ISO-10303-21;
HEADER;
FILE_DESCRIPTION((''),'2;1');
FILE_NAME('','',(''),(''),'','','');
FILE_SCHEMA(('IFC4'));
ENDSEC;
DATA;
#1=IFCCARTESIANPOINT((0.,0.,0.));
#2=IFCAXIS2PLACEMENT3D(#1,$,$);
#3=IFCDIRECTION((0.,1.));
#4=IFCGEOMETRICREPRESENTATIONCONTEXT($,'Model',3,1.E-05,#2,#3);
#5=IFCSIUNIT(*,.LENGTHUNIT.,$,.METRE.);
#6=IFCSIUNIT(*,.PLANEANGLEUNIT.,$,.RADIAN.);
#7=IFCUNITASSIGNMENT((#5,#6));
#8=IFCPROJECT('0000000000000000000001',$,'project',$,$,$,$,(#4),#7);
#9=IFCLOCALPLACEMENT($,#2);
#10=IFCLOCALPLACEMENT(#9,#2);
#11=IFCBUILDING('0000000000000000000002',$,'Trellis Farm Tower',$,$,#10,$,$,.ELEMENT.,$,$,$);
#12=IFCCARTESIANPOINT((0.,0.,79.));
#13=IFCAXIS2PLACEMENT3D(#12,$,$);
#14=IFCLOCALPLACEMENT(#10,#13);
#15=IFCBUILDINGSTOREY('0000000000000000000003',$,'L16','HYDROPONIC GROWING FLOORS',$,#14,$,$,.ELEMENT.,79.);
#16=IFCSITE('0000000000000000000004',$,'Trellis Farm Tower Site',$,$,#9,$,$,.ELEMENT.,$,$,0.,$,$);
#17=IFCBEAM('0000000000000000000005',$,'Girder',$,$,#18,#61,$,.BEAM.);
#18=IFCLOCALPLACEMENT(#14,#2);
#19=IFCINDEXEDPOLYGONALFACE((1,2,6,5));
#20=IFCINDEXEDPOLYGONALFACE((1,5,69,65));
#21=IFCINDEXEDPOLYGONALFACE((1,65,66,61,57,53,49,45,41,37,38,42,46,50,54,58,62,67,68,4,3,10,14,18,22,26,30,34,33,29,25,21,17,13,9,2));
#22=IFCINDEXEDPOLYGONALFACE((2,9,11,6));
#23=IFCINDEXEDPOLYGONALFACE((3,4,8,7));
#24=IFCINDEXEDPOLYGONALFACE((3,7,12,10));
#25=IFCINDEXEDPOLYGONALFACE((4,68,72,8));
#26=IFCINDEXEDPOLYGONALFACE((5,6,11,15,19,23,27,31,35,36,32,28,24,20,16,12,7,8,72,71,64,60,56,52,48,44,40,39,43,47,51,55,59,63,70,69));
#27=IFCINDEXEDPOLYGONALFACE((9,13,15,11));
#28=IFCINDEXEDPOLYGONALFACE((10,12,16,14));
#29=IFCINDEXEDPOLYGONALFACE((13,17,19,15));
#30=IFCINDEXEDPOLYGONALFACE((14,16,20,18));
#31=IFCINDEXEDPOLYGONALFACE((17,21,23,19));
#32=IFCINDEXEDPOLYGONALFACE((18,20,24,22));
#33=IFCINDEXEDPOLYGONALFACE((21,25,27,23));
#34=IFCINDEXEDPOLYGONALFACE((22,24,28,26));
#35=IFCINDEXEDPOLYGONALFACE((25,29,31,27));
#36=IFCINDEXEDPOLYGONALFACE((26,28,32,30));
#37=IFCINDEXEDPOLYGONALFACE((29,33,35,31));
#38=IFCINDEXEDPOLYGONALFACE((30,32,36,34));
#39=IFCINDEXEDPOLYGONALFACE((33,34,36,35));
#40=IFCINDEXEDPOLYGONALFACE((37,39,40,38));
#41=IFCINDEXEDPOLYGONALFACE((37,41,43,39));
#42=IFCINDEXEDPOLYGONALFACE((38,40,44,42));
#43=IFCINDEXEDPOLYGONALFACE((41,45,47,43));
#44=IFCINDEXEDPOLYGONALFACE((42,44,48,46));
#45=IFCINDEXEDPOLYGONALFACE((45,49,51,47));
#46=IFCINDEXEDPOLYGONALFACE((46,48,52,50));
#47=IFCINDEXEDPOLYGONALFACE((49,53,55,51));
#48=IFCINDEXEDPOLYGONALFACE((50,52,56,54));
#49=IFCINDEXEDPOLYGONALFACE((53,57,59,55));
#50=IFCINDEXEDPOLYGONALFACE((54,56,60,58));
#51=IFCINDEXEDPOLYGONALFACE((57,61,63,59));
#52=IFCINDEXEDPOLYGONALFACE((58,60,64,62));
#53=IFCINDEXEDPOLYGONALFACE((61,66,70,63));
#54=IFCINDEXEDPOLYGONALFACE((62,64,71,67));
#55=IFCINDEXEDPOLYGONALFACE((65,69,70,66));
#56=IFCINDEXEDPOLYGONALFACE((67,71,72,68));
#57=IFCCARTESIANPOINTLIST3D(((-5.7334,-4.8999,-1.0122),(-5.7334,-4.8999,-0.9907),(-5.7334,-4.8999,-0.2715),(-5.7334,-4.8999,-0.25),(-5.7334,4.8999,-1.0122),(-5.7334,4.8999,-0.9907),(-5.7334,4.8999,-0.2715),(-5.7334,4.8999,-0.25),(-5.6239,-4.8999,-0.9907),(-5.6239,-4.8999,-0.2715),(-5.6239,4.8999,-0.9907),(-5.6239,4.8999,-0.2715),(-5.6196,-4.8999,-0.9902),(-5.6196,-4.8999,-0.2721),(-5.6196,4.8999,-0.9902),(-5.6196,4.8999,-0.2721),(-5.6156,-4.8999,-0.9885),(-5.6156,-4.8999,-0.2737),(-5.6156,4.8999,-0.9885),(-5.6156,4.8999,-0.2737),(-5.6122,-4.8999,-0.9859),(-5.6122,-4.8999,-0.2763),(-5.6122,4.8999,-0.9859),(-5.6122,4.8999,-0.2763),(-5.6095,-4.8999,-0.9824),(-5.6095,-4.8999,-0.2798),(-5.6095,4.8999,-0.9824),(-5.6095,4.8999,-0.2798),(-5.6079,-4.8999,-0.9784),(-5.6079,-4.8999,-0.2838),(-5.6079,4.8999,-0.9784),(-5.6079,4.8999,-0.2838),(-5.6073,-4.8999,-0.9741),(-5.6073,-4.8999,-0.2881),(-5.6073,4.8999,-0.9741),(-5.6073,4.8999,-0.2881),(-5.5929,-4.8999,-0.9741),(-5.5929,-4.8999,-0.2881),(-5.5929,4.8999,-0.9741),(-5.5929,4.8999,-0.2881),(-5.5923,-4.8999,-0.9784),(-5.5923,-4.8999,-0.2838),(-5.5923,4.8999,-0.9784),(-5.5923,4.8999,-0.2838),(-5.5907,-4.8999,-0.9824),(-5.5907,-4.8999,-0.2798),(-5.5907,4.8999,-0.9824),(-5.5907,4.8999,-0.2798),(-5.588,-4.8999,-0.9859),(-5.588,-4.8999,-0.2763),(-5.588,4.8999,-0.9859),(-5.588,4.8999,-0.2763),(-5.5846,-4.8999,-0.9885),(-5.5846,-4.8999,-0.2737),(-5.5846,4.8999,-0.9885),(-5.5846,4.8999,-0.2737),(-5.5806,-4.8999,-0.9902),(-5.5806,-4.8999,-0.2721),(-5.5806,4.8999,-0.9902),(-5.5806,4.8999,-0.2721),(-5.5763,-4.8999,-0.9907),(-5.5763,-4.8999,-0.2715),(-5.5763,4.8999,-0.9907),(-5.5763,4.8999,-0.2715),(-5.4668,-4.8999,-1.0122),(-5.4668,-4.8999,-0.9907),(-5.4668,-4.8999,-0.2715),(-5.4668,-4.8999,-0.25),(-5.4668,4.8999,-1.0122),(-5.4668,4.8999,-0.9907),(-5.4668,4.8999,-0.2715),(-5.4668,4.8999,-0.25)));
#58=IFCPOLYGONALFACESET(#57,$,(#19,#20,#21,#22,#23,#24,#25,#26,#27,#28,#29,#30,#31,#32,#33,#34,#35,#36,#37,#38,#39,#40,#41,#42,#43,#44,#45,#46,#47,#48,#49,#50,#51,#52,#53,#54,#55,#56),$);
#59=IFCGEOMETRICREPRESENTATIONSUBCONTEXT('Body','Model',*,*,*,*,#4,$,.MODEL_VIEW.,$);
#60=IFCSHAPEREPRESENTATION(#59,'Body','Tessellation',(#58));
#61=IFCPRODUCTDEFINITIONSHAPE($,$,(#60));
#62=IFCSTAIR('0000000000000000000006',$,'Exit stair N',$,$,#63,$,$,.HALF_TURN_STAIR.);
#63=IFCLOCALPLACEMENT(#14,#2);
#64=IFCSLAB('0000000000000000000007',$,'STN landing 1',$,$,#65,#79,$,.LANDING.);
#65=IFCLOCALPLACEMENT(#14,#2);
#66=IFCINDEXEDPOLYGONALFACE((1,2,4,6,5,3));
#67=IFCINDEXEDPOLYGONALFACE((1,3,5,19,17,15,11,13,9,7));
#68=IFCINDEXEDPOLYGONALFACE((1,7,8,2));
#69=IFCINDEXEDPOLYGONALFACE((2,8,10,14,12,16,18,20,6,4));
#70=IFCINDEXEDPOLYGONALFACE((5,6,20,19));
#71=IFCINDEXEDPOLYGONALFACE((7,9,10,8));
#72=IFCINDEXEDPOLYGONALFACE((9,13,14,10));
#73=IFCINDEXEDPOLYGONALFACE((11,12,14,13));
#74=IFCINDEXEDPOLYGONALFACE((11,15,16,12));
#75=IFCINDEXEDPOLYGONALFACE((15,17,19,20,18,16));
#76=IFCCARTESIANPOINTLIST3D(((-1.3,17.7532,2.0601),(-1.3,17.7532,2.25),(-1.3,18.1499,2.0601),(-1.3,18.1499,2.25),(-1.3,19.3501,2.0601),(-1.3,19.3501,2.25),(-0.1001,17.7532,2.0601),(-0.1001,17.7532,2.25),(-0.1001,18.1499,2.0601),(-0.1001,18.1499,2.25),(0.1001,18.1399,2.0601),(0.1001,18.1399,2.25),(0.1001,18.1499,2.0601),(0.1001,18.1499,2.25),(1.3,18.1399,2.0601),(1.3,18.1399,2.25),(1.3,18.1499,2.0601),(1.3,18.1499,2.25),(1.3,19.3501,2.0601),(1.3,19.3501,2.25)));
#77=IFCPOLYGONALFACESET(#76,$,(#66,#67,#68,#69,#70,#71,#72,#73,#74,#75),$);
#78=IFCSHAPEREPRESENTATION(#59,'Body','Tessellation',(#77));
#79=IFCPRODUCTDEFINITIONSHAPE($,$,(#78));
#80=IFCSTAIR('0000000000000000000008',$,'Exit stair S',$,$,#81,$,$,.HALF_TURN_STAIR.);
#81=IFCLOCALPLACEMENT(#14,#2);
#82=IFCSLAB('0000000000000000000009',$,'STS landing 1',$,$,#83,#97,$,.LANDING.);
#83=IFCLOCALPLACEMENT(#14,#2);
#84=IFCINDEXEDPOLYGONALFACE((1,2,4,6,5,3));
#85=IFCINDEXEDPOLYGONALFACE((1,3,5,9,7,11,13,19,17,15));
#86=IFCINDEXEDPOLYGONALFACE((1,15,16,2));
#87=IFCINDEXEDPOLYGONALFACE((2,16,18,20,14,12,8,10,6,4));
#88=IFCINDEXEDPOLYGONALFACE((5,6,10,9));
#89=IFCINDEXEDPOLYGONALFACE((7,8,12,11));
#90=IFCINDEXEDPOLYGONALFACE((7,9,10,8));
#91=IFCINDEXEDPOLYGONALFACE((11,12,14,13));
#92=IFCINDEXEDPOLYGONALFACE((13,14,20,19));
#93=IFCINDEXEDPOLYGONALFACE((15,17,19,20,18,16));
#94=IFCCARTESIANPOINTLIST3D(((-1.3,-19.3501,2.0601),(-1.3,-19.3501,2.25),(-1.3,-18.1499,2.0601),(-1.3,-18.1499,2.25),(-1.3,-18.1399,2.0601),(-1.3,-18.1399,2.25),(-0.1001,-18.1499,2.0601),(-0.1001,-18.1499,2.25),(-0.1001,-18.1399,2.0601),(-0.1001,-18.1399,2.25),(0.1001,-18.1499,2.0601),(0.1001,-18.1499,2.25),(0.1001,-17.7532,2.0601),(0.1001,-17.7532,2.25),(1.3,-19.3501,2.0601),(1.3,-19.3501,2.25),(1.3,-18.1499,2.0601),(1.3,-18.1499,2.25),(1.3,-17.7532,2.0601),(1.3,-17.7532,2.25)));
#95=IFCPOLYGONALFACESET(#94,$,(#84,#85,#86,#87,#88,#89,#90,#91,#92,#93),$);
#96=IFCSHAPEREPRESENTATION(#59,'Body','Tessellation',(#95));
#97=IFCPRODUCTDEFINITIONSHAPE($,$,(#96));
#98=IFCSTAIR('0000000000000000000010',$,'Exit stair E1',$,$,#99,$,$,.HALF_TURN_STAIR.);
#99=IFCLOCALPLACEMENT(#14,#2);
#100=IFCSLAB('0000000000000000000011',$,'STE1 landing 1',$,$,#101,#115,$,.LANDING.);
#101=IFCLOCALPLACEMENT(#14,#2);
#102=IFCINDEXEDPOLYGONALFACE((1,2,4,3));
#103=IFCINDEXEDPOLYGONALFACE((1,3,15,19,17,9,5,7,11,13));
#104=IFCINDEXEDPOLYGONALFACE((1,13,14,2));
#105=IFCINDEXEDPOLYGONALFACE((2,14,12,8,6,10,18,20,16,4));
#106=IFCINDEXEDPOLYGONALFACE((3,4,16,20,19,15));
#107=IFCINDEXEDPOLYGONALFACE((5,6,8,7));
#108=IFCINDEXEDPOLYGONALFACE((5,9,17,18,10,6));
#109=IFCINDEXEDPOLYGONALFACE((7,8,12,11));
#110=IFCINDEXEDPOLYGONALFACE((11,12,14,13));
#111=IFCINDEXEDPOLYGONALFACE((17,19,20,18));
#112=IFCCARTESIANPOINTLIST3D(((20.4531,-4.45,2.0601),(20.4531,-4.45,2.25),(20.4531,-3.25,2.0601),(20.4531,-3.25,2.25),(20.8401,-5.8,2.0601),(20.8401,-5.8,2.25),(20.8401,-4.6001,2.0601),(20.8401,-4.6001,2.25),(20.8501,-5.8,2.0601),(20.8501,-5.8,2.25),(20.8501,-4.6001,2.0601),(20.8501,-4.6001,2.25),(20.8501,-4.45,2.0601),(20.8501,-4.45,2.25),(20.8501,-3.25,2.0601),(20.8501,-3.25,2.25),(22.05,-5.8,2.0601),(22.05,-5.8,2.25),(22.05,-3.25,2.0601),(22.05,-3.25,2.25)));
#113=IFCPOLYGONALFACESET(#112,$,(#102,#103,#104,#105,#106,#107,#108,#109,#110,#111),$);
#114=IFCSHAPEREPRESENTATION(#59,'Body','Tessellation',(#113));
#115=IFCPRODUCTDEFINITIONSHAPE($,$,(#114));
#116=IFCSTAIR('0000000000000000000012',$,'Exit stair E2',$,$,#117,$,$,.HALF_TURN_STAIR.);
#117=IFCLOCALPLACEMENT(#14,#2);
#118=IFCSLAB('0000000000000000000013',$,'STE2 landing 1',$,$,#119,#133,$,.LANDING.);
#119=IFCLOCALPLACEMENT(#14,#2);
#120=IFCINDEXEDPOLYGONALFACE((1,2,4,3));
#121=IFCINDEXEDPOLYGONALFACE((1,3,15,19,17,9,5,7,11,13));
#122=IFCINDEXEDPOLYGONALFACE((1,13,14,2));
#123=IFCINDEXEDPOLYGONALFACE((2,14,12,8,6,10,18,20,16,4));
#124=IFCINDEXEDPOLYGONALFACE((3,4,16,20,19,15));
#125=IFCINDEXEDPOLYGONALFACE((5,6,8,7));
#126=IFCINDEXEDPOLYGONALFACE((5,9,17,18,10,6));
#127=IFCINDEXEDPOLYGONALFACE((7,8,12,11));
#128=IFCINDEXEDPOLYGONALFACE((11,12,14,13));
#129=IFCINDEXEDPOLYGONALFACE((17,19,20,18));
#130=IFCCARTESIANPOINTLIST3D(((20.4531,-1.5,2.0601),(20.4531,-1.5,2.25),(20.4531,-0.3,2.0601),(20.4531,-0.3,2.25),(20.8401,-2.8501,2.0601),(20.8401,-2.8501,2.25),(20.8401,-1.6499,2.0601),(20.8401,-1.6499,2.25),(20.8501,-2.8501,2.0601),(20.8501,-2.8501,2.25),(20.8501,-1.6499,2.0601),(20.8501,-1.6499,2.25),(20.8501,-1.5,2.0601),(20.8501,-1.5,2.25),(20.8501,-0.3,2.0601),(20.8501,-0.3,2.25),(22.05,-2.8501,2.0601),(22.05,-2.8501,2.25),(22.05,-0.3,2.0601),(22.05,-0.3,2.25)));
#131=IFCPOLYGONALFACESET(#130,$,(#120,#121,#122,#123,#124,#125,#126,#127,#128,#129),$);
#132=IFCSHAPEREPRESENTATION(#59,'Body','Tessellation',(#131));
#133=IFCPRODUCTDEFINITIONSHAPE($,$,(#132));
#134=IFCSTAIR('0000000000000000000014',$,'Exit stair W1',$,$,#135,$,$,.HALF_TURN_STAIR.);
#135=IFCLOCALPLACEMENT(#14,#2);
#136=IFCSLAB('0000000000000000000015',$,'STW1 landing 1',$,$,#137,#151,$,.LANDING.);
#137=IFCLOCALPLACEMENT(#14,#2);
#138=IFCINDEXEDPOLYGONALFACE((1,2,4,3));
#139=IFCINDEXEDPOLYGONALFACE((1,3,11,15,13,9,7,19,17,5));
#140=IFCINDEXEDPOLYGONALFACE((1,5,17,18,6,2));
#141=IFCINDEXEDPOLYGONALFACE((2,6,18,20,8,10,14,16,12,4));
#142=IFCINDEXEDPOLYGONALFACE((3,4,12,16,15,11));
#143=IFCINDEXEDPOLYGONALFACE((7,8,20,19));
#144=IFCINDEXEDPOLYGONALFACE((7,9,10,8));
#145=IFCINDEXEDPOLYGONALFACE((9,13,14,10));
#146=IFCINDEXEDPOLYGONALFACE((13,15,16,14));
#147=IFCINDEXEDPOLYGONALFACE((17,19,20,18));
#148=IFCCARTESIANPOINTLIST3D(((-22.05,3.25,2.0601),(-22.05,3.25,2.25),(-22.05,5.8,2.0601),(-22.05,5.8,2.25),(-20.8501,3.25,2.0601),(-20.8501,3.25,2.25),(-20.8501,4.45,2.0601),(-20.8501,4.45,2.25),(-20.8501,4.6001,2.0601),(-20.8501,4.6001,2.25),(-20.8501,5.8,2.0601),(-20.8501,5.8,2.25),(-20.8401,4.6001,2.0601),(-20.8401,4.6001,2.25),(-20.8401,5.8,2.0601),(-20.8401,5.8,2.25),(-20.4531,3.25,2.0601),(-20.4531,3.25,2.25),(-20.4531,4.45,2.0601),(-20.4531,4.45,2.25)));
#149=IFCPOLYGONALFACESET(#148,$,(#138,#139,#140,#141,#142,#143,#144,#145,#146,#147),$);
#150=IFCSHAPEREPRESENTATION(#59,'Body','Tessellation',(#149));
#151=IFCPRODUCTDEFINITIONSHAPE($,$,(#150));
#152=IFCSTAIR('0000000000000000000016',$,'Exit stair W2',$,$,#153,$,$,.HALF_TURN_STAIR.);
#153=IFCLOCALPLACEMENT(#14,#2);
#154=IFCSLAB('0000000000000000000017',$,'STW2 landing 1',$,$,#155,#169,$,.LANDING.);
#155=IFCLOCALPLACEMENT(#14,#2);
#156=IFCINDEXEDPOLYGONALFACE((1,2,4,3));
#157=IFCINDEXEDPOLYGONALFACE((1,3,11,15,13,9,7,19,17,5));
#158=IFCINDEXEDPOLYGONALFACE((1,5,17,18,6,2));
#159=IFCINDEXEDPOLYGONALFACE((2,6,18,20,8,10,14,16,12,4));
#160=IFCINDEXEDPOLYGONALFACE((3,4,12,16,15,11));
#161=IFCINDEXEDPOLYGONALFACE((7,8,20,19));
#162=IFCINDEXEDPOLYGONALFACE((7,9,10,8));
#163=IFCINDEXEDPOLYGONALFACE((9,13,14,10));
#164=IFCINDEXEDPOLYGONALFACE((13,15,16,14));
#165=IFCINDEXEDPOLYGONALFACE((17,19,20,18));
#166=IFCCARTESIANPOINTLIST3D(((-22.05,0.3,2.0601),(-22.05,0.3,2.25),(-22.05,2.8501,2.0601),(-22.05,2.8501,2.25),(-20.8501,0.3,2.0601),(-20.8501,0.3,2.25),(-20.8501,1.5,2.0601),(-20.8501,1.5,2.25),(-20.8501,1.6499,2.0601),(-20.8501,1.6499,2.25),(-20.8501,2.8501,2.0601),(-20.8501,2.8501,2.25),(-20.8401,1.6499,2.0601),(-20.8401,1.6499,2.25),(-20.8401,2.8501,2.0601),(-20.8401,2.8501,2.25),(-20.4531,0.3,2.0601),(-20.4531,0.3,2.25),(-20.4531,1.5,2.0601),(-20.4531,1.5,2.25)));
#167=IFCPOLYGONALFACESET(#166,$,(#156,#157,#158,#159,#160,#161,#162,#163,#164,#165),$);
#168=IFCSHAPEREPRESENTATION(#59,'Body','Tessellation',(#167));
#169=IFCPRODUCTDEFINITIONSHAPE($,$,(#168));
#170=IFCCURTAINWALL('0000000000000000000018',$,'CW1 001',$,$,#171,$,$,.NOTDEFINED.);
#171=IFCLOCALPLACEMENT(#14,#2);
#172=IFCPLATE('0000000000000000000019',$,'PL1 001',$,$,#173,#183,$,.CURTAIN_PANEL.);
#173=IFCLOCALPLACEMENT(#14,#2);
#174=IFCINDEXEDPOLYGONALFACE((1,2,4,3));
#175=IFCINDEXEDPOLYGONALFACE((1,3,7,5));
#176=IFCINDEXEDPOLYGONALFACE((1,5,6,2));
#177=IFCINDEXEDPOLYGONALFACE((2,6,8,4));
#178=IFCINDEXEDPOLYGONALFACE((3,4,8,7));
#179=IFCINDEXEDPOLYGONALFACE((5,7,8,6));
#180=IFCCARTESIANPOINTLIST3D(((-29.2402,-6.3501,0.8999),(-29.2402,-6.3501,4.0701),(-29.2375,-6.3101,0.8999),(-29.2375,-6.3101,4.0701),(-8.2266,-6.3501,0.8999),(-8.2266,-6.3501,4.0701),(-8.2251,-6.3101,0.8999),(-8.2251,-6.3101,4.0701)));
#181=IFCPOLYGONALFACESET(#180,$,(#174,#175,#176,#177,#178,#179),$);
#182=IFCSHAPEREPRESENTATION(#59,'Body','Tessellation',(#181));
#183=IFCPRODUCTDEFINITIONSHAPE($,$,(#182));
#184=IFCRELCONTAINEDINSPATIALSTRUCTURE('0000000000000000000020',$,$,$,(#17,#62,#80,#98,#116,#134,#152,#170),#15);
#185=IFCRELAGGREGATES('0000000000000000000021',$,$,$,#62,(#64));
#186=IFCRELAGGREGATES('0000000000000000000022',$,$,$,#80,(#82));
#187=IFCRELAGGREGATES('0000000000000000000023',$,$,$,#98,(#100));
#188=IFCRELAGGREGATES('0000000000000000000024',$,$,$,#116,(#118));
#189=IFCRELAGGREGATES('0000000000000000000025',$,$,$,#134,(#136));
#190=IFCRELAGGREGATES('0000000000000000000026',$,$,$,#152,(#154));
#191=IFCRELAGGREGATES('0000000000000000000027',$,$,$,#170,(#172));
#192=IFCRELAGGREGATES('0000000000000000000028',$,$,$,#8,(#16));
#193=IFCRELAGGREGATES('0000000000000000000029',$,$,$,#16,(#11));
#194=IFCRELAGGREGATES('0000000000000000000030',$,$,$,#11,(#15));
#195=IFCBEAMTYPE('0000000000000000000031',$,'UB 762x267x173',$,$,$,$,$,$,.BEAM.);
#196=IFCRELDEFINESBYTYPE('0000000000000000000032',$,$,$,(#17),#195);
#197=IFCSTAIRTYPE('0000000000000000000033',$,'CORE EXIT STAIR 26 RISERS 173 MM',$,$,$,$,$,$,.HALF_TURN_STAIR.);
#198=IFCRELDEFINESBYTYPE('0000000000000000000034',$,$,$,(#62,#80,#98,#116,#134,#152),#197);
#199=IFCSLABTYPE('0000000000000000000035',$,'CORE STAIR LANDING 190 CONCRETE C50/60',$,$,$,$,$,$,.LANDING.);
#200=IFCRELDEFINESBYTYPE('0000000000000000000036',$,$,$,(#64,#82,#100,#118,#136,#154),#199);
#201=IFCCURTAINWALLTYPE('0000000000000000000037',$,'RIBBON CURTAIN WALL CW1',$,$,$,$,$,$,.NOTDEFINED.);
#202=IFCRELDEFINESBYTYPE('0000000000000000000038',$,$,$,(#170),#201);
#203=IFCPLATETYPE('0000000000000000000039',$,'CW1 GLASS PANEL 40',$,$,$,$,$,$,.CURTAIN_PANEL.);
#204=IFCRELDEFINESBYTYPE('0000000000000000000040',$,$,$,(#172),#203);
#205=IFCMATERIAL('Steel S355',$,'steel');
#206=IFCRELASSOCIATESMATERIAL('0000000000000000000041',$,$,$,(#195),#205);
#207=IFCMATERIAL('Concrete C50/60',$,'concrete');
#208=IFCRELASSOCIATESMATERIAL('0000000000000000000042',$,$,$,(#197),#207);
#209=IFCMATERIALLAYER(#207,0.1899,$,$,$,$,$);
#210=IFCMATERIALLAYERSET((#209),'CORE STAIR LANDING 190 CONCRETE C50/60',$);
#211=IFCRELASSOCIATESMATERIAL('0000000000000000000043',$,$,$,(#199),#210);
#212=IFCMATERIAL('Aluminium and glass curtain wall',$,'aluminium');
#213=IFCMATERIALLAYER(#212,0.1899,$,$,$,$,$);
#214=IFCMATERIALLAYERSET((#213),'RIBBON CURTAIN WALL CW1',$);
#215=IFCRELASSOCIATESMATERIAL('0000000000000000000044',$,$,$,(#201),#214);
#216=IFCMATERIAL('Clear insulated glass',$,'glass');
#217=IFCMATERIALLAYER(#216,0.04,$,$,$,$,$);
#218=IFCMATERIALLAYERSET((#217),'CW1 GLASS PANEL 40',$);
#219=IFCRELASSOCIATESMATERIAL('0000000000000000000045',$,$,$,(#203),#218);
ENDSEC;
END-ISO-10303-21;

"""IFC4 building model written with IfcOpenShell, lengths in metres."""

from ifc_helpers import new_model, si_unit, direction, frame, origin, origin_2d, place, context, subcontext, project, spatial, polyline, i_section, outline, extrude, source, transform, mapped, material, layer, layer_set, material_profile, profile_set, type_object, element, aggregate, save


model = new_model("IFC4")

# Units and contexts
model_context = context("Model", 3, precision=1e-05, world=origin(), true_north=direction((0.0, 1.0)))
body_context = subcontext(model_context, "Body", "Model", "MODEL_VIEW")
ifc_project = project(units=[si_unit("LENGTHUNIT", "METRE"), si_unit("PLANEANGLEUNIT", "RADIAN")], contexts=[model_context])

# Site, building, storey
site_placement = place(None, origin())
site = spatial("IfcSite", under=ifc_project, at=site_placement, Name="Trellis Farm Tower Site", CompositionType="ELEMENT", RefElevation=0.0)
building_placement = place(site_placement, origin())
building = spatial("IfcBuilding", under=site, at=building_placement, Name="Trellis Farm Tower", CompositionType="ELEMENT")
storey_placement = place(building_placement, frame((0.0, 0.0, 79.0)))
storey = spatial("IfcBuildingStorey", under=building, at=storey_placement, Name="L16", Description="HYDROPONIC GROWING FLOORS", CompositionType="ELEMENT", Elevation=79.0)

# Beam
ifc_material_1 = material(Name="Steel S355", Category="steel")
ifc_material_profile_1 = material_profile(ifc_material_1, i_section(OverallWidth=0.2666, OverallDepth=0.7622, WebThickness=0.0144, FlangeThickness=0.0215, FilletRadius=0.0166, at=origin_2d()), Name="UB 762x267x173")
ifc_profile_set_1 = profile_set([ifc_material_profile_1], Name="Steel S355")
beam_type_1 = type_object("IfcBeamType", Name="UB 762x267x173", PredefinedType="BEAM", material=ifc_profile_set_1)
shared_shape_1 = source(origin(), body_context, "Body", "SweptSolid", [
    extrude(i_section(OverallWidth=0.2666, OverallDepth=0.7622, WebThickness=0.0144, FlangeThickness=0.0215, FilletRadius=0.0166, at=origin_2d()), origin(), (0.0, 0.0, 1.0), 9.7998),
])
for number, where, z_axis, x_axis, name in (
    (1, (-5.6001, -4.8999, -0.6311), (0.0, 1.0, 0.0), (-1.0, 0.0, 0.0), "Girder"),
):
    element("IfcBeam", number, at=place(storey_placement, frame(where, z_axis=z_axis, x_axis=x_axis)), inside=storey, type_object=beam_type_1, Name=name, PredefinedType="BEAM", context=body_context, shape_type="MappedRepresentation", body=[
        mapped(shared_shape_1, transform((0.0, 0.0, 0.0))),
    ])

# Stairs, slabs
ifc_material_2 = material(Name="Concrete C50/60", Category="concrete")
stair_type = type_object("IfcStairType", Name="CORE EXIT STAIR 26 RISERS 173 MM", PredefinedType="HALF_TURN_STAIR", material=ifc_material_2)
placement_1 = place(storey_placement, origin())
stair_1 = element("IfcStair", 2, at=placement_1, inside=storey, type_object=stair_type, Name="Exit stair N", PredefinedType="HALF_TURN_STAIR")
ifc_layer_1 = layer(ifc_material_2, 0.1899)
ifc_layer_set_1 = layer_set([ifc_layer_1], Name="CORE STAIR LANDING 190 CONCRETE C50/60")
slab_type_1 = type_object("IfcSlabType", Name="CORE STAIR LANDING 190 CONCRETE C50/60", PredefinedType="LANDING", material=ifc_layer_set_1)
shared_shape_2 = source(origin(), body_context, "Body", "SweptSolid", [
    extrude(outline(polyline([(-0.1001, 17.7532), (-1.3, 17.7532), (-1.3, 18.1499), (-1.3, 19.3501), (1.3, 19.3501), (1.3, 18.1499), (1.3, 18.1399), (0.1001, 18.1399), (0.1001, 18.1499), (-0.1001, 18.1499), (-0.1001, 17.7532)])), origin(), (0.0, 0.0, 1.0), 0.1899),
])
placement_2 = place(storey_placement, frame((0.0, 0.0, 2.0601)))
slab_1 = element("IfcSlab", 3, at=placement_2, type_object=slab_type_1, Name="STN landing 1", PredefinedType="LANDING", context=body_context, shape_type="MappedRepresentation", body=[
    mapped(shared_shape_2, transform((0.0, 0.0, 0.0))),
])
aggregate(stair_1, [slab_1])
stair_2 = element("IfcStair", 4, at=placement_1, inside=storey, type_object=stair_type, Name="Exit stair S", PredefinedType="HALF_TURN_STAIR")
shared_shape_3 = source(origin(), body_context, "Body", "SweptSolid", [
    extrude(outline(polyline([(1.3, -19.3501), (-1.3, -19.3501), (-1.3, -18.1499), (-1.3, -18.1399), (-0.1001, -18.1399), (-0.1001, -18.1499), (0.1001, -18.1499), (0.1001, -17.7532), (1.3, -17.7532), (1.3, -18.1499), (1.3, -19.3501)])), origin(), (0.0, 0.0, 1.0), 0.1899),
])
slab_2 = element("IfcSlab", 5, at=placement_2, type_object=slab_type_1, Name="STS landing 1", PredefinedType="LANDING", context=body_context, shape_type="MappedRepresentation", body=[
    mapped(shared_shape_3, transform((0.0, 0.0, 0.0))),
])
aggregate(stair_2, [slab_2])
stair_3 = element("IfcStair", 6, at=placement_1, inside=storey, type_object=stair_type, Name="Exit stair E1", PredefinedType="HALF_TURN_STAIR")
shared_shape_4 = source(origin(), body_context, "Body", "SweptSolid", [
    extrude(outline(polyline([(20.8401, -5.8), (20.8401, -4.6001), (20.8501, -4.6001), (20.8501, -4.45), (20.4531, -4.45), (20.4531, -3.25), (20.8501, -3.25), (22.05, -3.25), (22.05, -5.8), (20.8501, -5.8), (20.8401, -5.8)])), origin(), (0.0, 0.0, 1.0), 0.1899),
])
slab_3 = element("IfcSlab", 7, at=placement_2, type_object=slab_type_1, Name="STE1 landing 1", PredefinedType="LANDING", context=body_context, shape_type="MappedRepresentation", body=[
    mapped(shared_shape_4, transform((0.0, 0.0, 0.0))),
])
aggregate(stair_3, [slab_3])
stair_4 = element("IfcStair", 8, at=placement_1, inside=storey, type_object=stair_type, Name="Exit stair E2", PredefinedType="HALF_TURN_STAIR")
shared_shape_5 = source(origin(), body_context, "Body", "SweptSolid", [
    extrude(outline(polyline([(20.8401, -2.8501), (20.8401, -1.6499), (20.8501, -1.6499), (20.8501, -1.5), (20.4531, -1.5), (20.4531, -0.3), (20.8501, -0.3), (22.05, -0.3), (22.05, -2.8501), (20.8501, -2.8501), (20.8401, -2.8501)])), origin(), (0.0, 0.0, 1.0), 0.1899),
])
slab_4 = element("IfcSlab", 9, at=placement_2, type_object=slab_type_1, Name="STE2 landing 1", PredefinedType="LANDING", context=body_context, shape_type="MappedRepresentation", body=[
    mapped(shared_shape_5, transform((0.0, 0.0, 0.0))),
])
aggregate(stair_4, [slab_4])
stair_5 = element("IfcStair", 10, at=placement_1, inside=storey, type_object=stair_type, Name="Exit stair W1", PredefinedType="HALF_TURN_STAIR")
shared_shape_6 = source(origin(), body_context, "Body", "SweptSolid", [
    extrude(outline(polyline([(-20.4531, 4.45), (-20.4531, 3.25), (-20.8501, 3.25), (-22.05, 3.25), (-22.05, 5.8), (-20.8501, 5.8), (-20.8401, 5.8), (-20.8401, 4.6001), (-20.8501, 4.6001), (-20.8501, 4.45), (-20.4531, 4.45)])), origin(), (0.0, 0.0, 1.0), 0.1899),
])
slab_5 = element("IfcSlab", 11, at=placement_2, type_object=slab_type_1, Name="STW1 landing 1", PredefinedType="LANDING", context=body_context, shape_type="MappedRepresentation", body=[
    mapped(shared_shape_6, transform((0.0, 0.0, 0.0))),
])
aggregate(stair_5, [slab_5])
stair_6 = element("IfcStair", 12, at=placement_1, inside=storey, type_object=stair_type, Name="Exit stair W2", PredefinedType="HALF_TURN_STAIR")
shared_shape_7 = source(origin(), body_context, "Body", "SweptSolid", [
    extrude(outline(polyline([(-20.4531, 1.5), (-20.4531, 0.3), (-20.8501, 0.3), (-22.05, 0.3), (-22.05, 2.8501), (-20.8501, 2.8501), (-20.8401, 2.8501), (-20.8401, 1.6499), (-20.8501, 1.6499), (-20.8501, 1.5), (-20.4531, 1.5)])), origin(), (0.0, 0.0, 1.0), 0.1899),
])
slab_6 = element("IfcSlab", 13, at=placement_2, type_object=slab_type_1, Name="STW2 landing 1", PredefinedType="LANDING", context=body_context, shape_type="MappedRepresentation", body=[
    mapped(shared_shape_7, transform((0.0, 0.0, 0.0))),
])
aggregate(stair_6, [slab_6])

# Curtain wall, plate
ifc_material_3 = material(Name="Aluminium and glass curtain wall", Category="aluminium")
ifc_layer_2 = layer(ifc_material_3, 0.1899)
ifc_layer_set_2 = layer_set([ifc_layer_2], Name="RIBBON CURTAIN WALL CW1")
curtain_wall_type = type_object("IfcCurtainWallType", Name="RIBBON CURTAIN WALL CW1", PredefinedType="NOTDEFINED", material=ifc_layer_set_2)
curtain_wall = element("IfcCurtainWall", 14, at=placement_1, inside=storey, type_object=curtain_wall_type, Name="CW1 001", PredefinedType="NOTDEFINED")
ifc_material_4 = material(Name="Clear insulated glass", Category="glass")
ifc_layer_3 = layer(ifc_material_4, 0.04)
ifc_layer_set_3 = layer_set([ifc_layer_3], Name="CW1 GLASS PANEL 40")
plate_type_1 = type_object("IfcPlateType", Name="CW1 GLASS PANEL 40", PredefinedType="CURTAIN_PANEL", material=ifc_layer_set_3)
shared_shape_8 = source(origin(), body_context, "Body", "SweptSolid", [
    extrude(outline(polyline([(-29.2402, -6.3501), (-8.2266, -6.3501), (-8.2251, -6.3101), (-29.2375, -6.3101), (-29.2402, -6.3501)])), origin(), (0.0, 0.0, 1.0), 3.1702),
])
plate_1_placement = place(storey_placement, frame((0.0, 0.0, 0.8999)))
plate_1 = element("IfcPlate", 15, at=plate_1_placement, type_object=plate_type_1, Name="PL1 001", PredefinedType="CURTAIN_PANEL", context=body_context, shape_type="MappedRepresentation", body=[
    mapped(shared_shape_8, transform((0.0, 0.0, 0.0))),
])
aggregate(curtain_wall, [plate_1])

save(model, "model.ifc")
